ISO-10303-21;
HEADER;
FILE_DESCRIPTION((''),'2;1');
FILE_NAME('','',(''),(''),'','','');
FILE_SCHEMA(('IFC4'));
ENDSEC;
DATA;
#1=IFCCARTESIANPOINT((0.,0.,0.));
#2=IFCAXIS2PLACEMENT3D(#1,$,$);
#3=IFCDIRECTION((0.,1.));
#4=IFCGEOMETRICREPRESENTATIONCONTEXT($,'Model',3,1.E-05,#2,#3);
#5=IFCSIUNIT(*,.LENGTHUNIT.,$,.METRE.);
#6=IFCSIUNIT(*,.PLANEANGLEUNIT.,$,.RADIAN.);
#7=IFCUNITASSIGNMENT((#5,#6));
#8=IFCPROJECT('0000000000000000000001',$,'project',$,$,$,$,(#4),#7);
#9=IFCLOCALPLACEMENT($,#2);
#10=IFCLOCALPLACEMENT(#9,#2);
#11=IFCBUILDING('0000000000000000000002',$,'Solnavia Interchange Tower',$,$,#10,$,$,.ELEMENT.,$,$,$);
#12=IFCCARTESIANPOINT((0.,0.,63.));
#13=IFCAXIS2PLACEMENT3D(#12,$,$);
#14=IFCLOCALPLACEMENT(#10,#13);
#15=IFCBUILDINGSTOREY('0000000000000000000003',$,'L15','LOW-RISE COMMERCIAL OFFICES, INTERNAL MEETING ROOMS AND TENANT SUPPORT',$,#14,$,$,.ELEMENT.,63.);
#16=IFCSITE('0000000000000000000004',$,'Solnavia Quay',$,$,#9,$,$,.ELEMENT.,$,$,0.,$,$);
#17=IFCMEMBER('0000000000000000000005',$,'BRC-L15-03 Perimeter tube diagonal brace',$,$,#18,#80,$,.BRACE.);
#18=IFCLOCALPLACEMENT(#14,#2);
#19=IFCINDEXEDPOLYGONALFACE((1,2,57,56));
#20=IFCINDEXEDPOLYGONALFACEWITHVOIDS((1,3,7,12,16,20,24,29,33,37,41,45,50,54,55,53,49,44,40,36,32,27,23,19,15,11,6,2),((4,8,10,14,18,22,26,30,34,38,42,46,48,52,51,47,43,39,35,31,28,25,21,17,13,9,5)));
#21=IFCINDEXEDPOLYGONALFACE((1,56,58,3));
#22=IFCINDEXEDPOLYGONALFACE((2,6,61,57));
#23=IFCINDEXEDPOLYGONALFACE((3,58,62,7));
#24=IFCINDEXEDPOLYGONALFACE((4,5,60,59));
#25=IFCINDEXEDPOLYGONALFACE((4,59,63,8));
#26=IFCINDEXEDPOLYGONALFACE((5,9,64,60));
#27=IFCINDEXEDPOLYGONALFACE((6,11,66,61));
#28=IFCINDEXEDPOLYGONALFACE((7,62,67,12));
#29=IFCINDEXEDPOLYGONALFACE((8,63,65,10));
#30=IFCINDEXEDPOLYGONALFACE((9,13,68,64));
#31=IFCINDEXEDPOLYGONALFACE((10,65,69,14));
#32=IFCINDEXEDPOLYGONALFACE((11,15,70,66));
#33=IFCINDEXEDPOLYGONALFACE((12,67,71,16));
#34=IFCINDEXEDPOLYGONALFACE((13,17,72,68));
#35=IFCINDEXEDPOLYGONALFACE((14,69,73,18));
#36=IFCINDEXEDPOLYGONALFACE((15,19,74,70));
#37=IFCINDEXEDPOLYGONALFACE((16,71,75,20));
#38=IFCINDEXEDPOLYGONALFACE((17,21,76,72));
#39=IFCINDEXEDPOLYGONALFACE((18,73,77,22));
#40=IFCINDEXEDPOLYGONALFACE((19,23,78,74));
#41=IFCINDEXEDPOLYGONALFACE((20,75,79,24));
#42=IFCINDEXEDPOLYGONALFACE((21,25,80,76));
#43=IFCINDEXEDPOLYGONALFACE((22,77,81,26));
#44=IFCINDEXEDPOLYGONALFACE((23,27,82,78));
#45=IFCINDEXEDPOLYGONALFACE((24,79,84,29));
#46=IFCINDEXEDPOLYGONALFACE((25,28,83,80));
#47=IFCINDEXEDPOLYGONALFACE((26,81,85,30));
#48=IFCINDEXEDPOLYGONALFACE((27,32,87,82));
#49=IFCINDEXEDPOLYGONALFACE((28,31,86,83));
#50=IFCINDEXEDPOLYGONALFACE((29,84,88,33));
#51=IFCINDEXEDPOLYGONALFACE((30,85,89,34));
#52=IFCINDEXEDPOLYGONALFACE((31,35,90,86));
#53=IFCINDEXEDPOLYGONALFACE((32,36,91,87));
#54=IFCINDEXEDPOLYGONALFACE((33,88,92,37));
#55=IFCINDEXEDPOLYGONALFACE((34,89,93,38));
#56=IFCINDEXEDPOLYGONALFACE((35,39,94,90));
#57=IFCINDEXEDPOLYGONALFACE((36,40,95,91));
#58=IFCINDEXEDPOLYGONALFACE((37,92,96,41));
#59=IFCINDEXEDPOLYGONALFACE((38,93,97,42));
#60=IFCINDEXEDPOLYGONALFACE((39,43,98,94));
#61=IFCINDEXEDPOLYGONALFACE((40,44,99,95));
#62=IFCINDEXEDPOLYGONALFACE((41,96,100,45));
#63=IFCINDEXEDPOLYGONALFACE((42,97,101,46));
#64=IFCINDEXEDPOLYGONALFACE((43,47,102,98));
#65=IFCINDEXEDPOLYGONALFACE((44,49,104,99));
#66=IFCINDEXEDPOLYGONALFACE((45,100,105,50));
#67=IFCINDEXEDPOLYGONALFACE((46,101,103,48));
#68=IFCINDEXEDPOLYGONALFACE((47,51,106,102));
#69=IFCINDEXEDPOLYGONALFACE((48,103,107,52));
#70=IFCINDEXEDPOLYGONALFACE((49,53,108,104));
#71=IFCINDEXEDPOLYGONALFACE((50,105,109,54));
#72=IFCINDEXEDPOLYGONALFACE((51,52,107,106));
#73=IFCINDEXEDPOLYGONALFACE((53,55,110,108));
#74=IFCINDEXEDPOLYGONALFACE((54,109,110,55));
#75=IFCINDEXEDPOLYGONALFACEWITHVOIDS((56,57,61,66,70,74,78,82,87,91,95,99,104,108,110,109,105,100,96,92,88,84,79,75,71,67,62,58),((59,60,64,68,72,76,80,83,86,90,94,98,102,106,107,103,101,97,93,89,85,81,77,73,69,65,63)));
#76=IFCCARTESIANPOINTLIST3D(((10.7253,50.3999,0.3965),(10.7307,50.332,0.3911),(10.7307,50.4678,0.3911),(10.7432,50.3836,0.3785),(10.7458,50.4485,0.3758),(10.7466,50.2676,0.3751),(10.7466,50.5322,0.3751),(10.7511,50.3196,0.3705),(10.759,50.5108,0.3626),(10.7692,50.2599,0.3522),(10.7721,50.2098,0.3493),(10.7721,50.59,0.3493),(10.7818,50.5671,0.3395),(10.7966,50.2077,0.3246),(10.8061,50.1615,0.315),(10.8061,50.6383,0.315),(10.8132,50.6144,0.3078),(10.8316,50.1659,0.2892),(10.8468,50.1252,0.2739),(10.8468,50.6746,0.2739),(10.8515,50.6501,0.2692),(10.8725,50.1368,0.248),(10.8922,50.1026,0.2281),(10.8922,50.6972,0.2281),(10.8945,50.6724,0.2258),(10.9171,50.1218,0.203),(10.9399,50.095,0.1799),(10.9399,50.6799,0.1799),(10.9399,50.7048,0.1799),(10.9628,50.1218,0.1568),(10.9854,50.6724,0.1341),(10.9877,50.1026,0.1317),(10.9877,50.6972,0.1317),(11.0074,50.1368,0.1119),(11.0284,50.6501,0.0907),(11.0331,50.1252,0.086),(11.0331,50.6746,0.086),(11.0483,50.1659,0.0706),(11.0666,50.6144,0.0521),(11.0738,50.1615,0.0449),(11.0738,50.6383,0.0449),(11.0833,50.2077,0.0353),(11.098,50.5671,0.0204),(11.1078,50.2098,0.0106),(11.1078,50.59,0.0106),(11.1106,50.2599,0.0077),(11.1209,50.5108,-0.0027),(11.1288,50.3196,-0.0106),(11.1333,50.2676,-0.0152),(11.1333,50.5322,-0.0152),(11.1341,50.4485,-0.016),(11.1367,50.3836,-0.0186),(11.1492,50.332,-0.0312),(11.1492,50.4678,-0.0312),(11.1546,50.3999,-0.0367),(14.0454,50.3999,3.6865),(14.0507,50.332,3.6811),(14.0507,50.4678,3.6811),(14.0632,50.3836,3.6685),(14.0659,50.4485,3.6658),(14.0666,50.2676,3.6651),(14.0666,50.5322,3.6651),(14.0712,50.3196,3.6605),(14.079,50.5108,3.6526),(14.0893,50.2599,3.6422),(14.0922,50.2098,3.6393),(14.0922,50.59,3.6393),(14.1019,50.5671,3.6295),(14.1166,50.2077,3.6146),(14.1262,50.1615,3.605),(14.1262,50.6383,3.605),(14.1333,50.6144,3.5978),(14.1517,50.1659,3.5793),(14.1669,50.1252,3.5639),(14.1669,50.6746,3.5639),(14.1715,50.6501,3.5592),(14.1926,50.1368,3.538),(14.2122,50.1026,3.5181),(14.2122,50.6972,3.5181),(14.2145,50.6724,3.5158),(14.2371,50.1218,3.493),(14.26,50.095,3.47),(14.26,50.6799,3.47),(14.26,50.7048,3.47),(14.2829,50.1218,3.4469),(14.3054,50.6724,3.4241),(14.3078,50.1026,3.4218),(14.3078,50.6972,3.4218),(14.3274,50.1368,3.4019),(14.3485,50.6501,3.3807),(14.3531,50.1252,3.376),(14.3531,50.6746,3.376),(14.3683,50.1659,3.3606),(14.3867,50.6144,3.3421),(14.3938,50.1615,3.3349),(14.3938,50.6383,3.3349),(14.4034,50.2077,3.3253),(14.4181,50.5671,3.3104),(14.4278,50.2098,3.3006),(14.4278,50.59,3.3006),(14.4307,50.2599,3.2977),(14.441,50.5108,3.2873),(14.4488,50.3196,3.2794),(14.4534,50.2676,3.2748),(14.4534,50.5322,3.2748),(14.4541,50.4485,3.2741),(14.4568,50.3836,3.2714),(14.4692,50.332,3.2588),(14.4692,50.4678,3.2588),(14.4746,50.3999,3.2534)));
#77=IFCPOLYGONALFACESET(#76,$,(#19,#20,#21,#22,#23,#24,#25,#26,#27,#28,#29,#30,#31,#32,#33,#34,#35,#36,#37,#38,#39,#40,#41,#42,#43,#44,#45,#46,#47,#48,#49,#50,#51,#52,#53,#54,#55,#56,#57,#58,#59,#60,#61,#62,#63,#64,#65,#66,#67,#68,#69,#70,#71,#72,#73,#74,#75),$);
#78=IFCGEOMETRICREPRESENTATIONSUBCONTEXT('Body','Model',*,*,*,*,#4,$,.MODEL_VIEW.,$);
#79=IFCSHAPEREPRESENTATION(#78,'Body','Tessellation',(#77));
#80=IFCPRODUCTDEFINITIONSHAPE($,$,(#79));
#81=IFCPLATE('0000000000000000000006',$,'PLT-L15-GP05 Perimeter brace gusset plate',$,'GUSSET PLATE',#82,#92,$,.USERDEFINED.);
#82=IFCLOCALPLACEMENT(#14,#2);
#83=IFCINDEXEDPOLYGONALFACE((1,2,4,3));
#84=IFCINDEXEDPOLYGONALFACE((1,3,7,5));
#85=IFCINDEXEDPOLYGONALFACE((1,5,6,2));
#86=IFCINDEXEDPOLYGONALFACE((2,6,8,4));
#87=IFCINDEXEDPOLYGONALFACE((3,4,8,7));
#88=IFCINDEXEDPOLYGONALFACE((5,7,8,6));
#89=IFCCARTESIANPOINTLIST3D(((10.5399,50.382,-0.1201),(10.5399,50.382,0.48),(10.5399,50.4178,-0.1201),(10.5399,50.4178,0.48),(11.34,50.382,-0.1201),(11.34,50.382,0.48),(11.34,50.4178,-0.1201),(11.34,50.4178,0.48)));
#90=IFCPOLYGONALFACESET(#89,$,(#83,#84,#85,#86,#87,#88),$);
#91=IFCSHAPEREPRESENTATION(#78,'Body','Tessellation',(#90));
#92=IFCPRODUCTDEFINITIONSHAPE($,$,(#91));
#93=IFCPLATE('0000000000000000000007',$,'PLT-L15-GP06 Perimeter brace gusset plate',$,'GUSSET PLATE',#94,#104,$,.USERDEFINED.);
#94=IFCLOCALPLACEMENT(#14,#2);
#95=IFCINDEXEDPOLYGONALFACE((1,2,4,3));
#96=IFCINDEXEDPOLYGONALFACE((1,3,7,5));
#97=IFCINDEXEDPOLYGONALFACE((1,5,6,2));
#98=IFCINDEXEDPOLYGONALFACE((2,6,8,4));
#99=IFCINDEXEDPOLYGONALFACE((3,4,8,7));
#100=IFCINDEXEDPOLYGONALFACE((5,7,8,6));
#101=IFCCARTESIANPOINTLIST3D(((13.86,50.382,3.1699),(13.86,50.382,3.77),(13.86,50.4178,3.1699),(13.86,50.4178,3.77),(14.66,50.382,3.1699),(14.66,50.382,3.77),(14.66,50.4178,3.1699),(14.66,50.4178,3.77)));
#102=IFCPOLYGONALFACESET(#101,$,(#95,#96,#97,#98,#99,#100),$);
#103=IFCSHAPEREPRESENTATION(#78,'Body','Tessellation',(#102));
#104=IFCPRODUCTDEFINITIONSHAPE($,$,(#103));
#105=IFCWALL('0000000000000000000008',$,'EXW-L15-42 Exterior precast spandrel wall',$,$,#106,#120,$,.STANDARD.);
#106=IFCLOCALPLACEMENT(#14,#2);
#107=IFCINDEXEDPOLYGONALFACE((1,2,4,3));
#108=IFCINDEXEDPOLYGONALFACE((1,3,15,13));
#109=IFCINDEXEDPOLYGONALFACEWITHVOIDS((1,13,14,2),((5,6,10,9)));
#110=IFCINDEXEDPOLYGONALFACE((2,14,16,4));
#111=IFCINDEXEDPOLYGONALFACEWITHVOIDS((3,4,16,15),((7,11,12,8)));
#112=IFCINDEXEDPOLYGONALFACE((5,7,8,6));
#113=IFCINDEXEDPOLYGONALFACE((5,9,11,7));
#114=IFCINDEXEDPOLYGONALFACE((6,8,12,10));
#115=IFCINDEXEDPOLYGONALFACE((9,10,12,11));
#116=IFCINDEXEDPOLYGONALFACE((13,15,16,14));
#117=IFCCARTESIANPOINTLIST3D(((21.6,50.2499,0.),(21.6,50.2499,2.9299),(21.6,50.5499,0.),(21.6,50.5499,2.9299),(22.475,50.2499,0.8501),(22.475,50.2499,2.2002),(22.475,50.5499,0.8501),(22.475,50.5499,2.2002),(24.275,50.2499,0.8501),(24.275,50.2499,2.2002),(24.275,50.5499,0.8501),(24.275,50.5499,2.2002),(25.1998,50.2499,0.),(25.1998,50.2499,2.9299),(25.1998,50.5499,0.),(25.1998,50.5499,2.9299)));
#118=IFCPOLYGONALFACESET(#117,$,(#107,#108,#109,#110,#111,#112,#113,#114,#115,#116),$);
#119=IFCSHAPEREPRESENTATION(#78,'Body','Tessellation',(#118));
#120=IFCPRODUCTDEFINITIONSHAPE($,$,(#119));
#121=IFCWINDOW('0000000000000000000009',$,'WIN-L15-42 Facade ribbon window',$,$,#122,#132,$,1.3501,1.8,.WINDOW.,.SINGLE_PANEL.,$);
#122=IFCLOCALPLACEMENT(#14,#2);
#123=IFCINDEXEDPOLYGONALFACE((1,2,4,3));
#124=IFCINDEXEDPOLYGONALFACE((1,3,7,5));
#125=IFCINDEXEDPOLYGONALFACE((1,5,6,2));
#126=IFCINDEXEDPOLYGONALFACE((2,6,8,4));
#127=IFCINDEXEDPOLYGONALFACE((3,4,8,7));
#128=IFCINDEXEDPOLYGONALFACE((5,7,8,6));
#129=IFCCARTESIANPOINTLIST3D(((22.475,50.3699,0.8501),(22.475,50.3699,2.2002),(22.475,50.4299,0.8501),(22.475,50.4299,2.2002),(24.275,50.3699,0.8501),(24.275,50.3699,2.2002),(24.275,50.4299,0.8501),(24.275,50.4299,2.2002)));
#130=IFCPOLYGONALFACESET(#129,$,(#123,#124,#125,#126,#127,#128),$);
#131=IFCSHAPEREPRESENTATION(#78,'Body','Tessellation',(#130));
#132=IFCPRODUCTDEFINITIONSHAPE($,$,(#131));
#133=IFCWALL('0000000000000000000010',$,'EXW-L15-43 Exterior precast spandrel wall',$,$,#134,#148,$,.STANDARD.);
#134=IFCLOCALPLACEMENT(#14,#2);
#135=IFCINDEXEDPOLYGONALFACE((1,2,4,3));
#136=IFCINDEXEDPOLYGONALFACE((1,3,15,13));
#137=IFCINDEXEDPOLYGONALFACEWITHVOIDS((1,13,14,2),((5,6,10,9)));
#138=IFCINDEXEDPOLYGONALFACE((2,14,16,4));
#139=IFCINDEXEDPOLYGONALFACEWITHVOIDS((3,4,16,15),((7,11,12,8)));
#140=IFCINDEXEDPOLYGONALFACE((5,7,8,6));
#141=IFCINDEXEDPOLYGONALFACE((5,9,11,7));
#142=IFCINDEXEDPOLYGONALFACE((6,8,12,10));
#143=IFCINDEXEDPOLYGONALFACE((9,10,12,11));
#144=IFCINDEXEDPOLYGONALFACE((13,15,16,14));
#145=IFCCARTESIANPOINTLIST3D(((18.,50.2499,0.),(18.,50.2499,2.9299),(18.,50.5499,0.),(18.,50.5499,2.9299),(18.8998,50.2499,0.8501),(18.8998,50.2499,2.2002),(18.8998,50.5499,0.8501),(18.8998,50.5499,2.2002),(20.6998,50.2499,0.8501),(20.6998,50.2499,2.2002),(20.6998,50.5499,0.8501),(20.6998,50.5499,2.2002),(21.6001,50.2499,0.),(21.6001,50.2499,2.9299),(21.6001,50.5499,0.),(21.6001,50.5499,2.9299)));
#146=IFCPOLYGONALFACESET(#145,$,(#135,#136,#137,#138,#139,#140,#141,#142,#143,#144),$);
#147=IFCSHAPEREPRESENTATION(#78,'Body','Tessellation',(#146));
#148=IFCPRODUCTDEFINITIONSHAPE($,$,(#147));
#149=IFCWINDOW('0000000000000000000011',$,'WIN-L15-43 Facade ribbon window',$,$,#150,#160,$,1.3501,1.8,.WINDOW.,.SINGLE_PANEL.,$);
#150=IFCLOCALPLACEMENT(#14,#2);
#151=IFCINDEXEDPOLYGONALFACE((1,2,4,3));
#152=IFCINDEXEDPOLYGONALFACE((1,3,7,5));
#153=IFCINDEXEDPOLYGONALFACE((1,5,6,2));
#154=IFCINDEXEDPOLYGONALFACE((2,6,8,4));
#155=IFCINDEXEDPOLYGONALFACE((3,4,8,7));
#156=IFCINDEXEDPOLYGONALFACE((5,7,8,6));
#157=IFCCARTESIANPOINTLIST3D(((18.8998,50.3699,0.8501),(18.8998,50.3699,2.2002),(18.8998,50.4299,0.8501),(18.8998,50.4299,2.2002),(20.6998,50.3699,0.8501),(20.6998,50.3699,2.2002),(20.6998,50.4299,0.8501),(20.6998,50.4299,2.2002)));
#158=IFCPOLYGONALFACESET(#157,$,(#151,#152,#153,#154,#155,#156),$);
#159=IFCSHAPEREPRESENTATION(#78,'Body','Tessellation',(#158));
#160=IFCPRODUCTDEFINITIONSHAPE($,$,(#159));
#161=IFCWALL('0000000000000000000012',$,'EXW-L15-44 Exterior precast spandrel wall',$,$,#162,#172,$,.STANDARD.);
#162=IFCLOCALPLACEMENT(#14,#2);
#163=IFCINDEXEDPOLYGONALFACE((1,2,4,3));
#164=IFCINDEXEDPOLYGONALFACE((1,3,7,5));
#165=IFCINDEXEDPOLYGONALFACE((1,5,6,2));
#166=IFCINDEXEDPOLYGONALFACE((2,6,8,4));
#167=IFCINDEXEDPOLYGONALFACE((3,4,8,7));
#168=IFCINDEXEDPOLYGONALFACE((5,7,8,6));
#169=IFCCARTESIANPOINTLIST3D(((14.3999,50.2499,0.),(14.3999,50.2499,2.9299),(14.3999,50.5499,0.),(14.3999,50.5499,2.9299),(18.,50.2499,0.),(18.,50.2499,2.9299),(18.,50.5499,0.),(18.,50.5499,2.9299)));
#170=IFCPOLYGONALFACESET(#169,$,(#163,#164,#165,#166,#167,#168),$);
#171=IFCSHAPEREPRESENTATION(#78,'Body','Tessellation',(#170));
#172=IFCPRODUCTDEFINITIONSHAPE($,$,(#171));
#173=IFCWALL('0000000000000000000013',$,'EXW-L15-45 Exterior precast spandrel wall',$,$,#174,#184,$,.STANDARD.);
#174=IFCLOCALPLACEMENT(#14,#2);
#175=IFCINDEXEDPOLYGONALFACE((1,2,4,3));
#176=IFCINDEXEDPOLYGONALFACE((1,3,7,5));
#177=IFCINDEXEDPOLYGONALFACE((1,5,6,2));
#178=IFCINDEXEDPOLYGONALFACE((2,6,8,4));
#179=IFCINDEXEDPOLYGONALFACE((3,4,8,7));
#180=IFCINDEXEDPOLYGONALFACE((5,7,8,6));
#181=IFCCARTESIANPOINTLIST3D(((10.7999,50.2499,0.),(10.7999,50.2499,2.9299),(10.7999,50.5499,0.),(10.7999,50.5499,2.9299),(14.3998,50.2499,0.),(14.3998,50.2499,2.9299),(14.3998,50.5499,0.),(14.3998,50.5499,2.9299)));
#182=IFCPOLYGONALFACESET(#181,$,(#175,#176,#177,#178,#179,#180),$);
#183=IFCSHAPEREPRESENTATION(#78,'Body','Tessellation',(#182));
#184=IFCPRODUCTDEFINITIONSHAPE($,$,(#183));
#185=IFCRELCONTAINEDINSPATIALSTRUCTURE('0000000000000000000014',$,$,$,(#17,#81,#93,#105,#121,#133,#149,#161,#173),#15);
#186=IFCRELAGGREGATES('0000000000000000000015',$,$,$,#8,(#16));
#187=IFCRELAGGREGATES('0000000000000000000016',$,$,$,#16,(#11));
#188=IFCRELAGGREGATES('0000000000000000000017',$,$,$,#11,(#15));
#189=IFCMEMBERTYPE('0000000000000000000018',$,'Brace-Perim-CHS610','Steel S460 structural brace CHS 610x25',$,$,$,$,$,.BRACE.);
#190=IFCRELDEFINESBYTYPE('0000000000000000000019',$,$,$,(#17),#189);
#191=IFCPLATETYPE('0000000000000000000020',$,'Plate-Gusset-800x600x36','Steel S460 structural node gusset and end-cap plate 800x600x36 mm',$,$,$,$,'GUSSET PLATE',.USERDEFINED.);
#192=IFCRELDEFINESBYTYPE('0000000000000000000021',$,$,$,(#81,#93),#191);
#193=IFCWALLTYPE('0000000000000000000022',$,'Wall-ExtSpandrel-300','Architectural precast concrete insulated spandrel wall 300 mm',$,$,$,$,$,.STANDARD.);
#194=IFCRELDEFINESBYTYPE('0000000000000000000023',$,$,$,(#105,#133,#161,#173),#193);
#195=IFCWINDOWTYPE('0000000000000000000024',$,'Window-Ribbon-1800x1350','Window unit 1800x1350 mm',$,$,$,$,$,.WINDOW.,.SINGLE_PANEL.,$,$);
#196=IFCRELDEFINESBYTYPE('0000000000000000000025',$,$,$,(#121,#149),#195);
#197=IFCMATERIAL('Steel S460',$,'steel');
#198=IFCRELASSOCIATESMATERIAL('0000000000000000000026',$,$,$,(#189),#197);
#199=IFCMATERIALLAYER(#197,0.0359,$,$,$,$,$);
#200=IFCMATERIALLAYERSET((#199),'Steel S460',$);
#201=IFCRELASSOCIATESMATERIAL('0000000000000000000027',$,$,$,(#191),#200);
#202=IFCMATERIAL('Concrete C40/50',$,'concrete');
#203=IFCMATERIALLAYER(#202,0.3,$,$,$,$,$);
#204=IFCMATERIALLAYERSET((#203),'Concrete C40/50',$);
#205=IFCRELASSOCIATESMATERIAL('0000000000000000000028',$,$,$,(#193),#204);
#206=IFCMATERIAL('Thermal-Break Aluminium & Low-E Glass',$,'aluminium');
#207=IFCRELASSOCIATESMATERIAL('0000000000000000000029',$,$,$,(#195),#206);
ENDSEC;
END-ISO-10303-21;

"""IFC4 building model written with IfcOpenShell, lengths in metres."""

from ifc_helpers import new_model, si_unit, direction, frame, frame_2d, origin, origin_2d, place, context, subcontext, project, spatial, rectangle, hollow_circle, extrude, material, layer, layer_set, material_profile, profile_set, type_object, element, fill, save


model = new_model("IFC4")

# Units and contexts
model_context = context("Model", 3, precision=1e-05, world=origin(), true_north=direction((0.0, 1.0)))
body_context = subcontext(model_context, "Body", "Model", "MODEL_VIEW")
ifc_project = project(units=[si_unit("LENGTHUNIT", "METRE"), si_unit("PLANEANGLEUNIT", "RADIAN")], contexts=[model_context])

# Site, building, storey
site_placement = place(None, origin())
site = spatial("IfcSite", under=ifc_project, at=site_placement, Name="Solnavia Quay", CompositionType="ELEMENT", RefElevation=0.0)
building_placement = place(site_placement, origin())
building = spatial("IfcBuilding", under=site, at=building_placement, Name="Solnavia Interchange Tower", CompositionType="ELEMENT")
storey_placement = place(building_placement, frame((0.0, 0.0, 63.0)))
storey = spatial("IfcBuildingStorey", under=building, at=storey_placement, Name="L15", Description="LOW-RISE COMMERCIAL OFFICES, INTERNAL MEETING ROOMS AND TENANT SUPPORT", CompositionType="ELEMENT", Elevation=63.0)

# Member
ifc_material_1 = material(Name="Steel S460", Category="steel")
ifc_material_profile_1 = material_profile(ifc_material_1, hollow_circle(Radius=0.3049, WallThickness=0.0249, at=origin_2d()), Name="CHS 610x25")
ifc_profile_set_1 = profile_set([ifc_material_profile_1], Name="Steel S460")
member_type = type_object("IfcMemberType", Name="Brace-Perim-CHS610", Description="Steel S460 structural brace CHS 610x25", PredefinedType="BRACE", material=ifc_profile_set_1)
member_placement = place(storey_placement, frame((10.9399, 50.3999, 0.1799), z_axis=(0.710312, 0.0, 0.703887), x_axis=(0.0, 1.0, 0.0)))
element("IfcMember", 1, at=member_placement, inside=storey, type_object=member_type, Name="BRC-L15-03 Perimeter tube diagonal brace", PredefinedType="BRACE", context=body_context, shape_type="SweptSolid", body=[
    extrude(hollow_circle(Radius=0.3049, WallThickness=0.0249, at=origin_2d()), origin(), (0.0, 0.0, 1.0), 4.6741),
])

# Plates
ifc_layer_1 = layer(ifc_material_1, 0.0359)
ifc_layer_set_1 = layer_set([ifc_layer_1], Name="Steel S460")
plate_type = type_object("IfcPlateType", Name="Plate-Gusset-800x600x36", Description="Steel S460 structural node gusset and end-cap plate 800x600x36 mm", ElementType="GUSSET PLATE", PredefinedType="USERDEFINED", material=ifc_layer_set_1)
for number, where, z_axis, x_axis, name in (
    (2, (10.9399, 50.3999, -0.1201), (0.0, 0.0, 1.0), (1.0, 0.0, 0.0), "PLT-L15-GP05 Perimeter brace gusset plate"),
    (3, (14.26, 50.3999, 3.1699), (0.0, 0.0, 1.0), (1.0, 0.0, 0.0), "PLT-L15-GP06 Perimeter brace gusset plate"),
):
    element("IfcPlate", number, at=place(storey_placement, frame(where, z_axis=z_axis, x_axis=x_axis)), inside=storey, type_object=plate_type, Name=name, ObjectType="GUSSET PLATE", PredefinedType="USERDEFINED", context=body_context, shape_type="SweptSolid", body=[
        extrude(rectangle(XDim=0.8, YDim=0.0359, at=origin_2d()), origin(), (0.0, 0.0, 1.0), 0.6001),
    ])

# Walls, openings, windows
ifc_material_2 = material(Name="Concrete C40/50", Category="concrete")
ifc_layer_2 = layer(ifc_material_2, 0.3)
ifc_layer_set_2 = layer_set([ifc_layer_2], Name="Concrete C40/50")
wall_type_1 = type_object("IfcWallType", Name="Wall-ExtSpandrel-300", Description="Architectural precast concrete insulated spandrel wall 300 mm", PredefinedType="STANDARD", material=ifc_layer_set_2)
wall_1_placement = place(storey_placement, frame((21.6001, 50.3999, 0.0), z_axis=(0.0, 0.0, 1.0), x_axis=(1.0, 0.0, 0.0)))
wall_1 = element("IfcWall", 4, at=wall_1_placement, inside=storey, type_object=wall_type_1, Name="EXW-L15-42 Exterior precast spandrel wall", PredefinedType="STANDARD", context=body_context, shape_type="SweptSolid", body=[
    extrude(rectangle(XDim=3.5999, YDim=0.3, at=frame_2d((1.7998, 0.0))), origin(), (0.0, 0.0, 1.0), 2.9299),
])
opening_1_placement = place(wall_1_placement, frame((0.875, 0.0, 0.8501)))
opening_1 = element("IfcOpeningElement", 5, at=opening_1_placement, cuts=wall_1, PredefinedType="OPENING", context=body_context, shape_type="SweptSolid", body=[
    extrude(rectangle(XDim=1.8, YDim=1.3501, at=frame_2d((0.8999, 0.675))), frame((0.0, 0.1602, 0.0), z_axis=(0.0, -1.0, 0.0), x_axis=(1.0, 0.0, 0.0)), (0.0, 0.0, 1.0), 0.3201),
])
ifc_material_3 = material(Name="Thermal-Break Aluminium & Low-E Glass", Category="aluminium")
window_type = type_object("IfcWindowType", Name="Window-Ribbon-1800x1350", Description="Window unit 1800x1350 mm", PartitioningType="SINGLE_PANEL", PredefinedType="WINDOW", material=ifc_material_3)
window_1_placement = place(opening_1_placement, origin())
window_1 = element("IfcWindow", 6, at=window_1_placement, inside=storey, type_object=window_type, Name="WIN-L15-42 Facade ribbon window", OverallHeight=1.3501, OverallWidth=1.8, PartitioningType="SINGLE_PANEL", PredefinedType="WINDOW", context=body_context, shape_type="SweptSolid", body=[
    extrude(rectangle(XDim=1.8, YDim=1.3501, at=frame_2d((0.8999, 0.675))), frame((0.0, 0.03, 0.0), z_axis=(0.0, -1.0, 0.0), x_axis=(1.0, 0.0, 0.0)), (0.0, 0.0, 1.0), 0.0601),
])
fill(opening_1, window_1)
wall_2_placement = place(storey_placement, frame((18.0, 50.3999, 0.0), z_axis=(0.0, 0.0, 1.0), x_axis=(1.0, 0.0, 0.0)))
wall_2 = element("IfcWall", 7, at=wall_2_placement, inside=storey, type_object=wall_type_1, Name="EXW-L15-43 Exterior precast spandrel wall", PredefinedType="STANDARD", context=body_context, shape_type="SweptSolid", body=[
    extrude(rectangle(XDim=3.6001, YDim=0.3, at=frame_2d((1.8, 0.0))), origin(), (0.0, 0.0, 1.0), 2.9299),
])
opening_2_placement = place(wall_2_placement, frame((0.8999, 0.0, 0.8501)))
opening_2 = element("IfcOpeningElement", 8, at=opening_2_placement, cuts=wall_2, PredefinedType="OPENING", context=body_context, shape_type="SweptSolid", body=[
    extrude(rectangle(XDim=1.8, YDim=1.3501, at=frame_2d((0.8999, 0.675))), frame((0.0, 0.1602, 0.0), z_axis=(0.0, -1.0, 0.0), x_axis=(1.0, 0.0, 0.0)), (0.0, 0.0, 1.0), 0.3201),
])
window_2_placement = place(opening_2_placement, origin())
window_2 = element("IfcWindow", 9, at=window_2_placement, inside=storey, type_object=window_type, Name="WIN-L15-43 Facade ribbon window", OverallHeight=1.3501, OverallWidth=1.8, PartitioningType="SINGLE_PANEL", PredefinedType="WINDOW", context=body_context, shape_type="SweptSolid", body=[
    extrude(rectangle(XDim=1.8, YDim=1.3501, at=frame_2d((0.8999, 0.675))), frame((0.0, 0.03, 0.0), z_axis=(0.0, -1.0, 0.0), x_axis=(1.0, 0.0, 0.0)), (0.0, 0.0, 1.0), 0.0601),
])
fill(opening_2, window_2)

# Walls
wall_3_placement = place(storey_placement, frame((14.3999, 50.3999, 0.0), z_axis=(0.0, 0.0, 1.0), x_axis=(1.0, 0.0, 0.0)))
element("IfcWall", 10, at=wall_3_placement, inside=storey, type_object=wall_type_1, Name="EXW-L15-44 Exterior precast spandrel wall", PredefinedType="STANDARD", context=body_context, shape_type="SweptSolid", body=[
    extrude(rectangle(XDim=3.6001, YDim=0.3, at=frame_2d((1.8, 0.0))), origin(), (0.0, 0.0, 1.0), 2.9299),
])
wall_4_placement = place(storey_placement, frame((10.8, 50.3999, 0.0), z_axis=(0.0, 0.0, 1.0), x_axis=(1.0, 0.0, 0.0)))
element("IfcWall", 11, at=wall_4_placement, inside=storey, type_object=wall_type_1, Name="EXW-L15-45 Exterior precast spandrel wall", PredefinedType="STANDARD", context=body_context, shape_type="SweptSolid", body=[
    extrude(rectangle(XDim=3.5999, YDim=0.3, at=frame_2d((1.7998, 0.0))), origin(), (0.0, 0.0, 1.0), 2.9299),
])

save(model, "model.ifc")
